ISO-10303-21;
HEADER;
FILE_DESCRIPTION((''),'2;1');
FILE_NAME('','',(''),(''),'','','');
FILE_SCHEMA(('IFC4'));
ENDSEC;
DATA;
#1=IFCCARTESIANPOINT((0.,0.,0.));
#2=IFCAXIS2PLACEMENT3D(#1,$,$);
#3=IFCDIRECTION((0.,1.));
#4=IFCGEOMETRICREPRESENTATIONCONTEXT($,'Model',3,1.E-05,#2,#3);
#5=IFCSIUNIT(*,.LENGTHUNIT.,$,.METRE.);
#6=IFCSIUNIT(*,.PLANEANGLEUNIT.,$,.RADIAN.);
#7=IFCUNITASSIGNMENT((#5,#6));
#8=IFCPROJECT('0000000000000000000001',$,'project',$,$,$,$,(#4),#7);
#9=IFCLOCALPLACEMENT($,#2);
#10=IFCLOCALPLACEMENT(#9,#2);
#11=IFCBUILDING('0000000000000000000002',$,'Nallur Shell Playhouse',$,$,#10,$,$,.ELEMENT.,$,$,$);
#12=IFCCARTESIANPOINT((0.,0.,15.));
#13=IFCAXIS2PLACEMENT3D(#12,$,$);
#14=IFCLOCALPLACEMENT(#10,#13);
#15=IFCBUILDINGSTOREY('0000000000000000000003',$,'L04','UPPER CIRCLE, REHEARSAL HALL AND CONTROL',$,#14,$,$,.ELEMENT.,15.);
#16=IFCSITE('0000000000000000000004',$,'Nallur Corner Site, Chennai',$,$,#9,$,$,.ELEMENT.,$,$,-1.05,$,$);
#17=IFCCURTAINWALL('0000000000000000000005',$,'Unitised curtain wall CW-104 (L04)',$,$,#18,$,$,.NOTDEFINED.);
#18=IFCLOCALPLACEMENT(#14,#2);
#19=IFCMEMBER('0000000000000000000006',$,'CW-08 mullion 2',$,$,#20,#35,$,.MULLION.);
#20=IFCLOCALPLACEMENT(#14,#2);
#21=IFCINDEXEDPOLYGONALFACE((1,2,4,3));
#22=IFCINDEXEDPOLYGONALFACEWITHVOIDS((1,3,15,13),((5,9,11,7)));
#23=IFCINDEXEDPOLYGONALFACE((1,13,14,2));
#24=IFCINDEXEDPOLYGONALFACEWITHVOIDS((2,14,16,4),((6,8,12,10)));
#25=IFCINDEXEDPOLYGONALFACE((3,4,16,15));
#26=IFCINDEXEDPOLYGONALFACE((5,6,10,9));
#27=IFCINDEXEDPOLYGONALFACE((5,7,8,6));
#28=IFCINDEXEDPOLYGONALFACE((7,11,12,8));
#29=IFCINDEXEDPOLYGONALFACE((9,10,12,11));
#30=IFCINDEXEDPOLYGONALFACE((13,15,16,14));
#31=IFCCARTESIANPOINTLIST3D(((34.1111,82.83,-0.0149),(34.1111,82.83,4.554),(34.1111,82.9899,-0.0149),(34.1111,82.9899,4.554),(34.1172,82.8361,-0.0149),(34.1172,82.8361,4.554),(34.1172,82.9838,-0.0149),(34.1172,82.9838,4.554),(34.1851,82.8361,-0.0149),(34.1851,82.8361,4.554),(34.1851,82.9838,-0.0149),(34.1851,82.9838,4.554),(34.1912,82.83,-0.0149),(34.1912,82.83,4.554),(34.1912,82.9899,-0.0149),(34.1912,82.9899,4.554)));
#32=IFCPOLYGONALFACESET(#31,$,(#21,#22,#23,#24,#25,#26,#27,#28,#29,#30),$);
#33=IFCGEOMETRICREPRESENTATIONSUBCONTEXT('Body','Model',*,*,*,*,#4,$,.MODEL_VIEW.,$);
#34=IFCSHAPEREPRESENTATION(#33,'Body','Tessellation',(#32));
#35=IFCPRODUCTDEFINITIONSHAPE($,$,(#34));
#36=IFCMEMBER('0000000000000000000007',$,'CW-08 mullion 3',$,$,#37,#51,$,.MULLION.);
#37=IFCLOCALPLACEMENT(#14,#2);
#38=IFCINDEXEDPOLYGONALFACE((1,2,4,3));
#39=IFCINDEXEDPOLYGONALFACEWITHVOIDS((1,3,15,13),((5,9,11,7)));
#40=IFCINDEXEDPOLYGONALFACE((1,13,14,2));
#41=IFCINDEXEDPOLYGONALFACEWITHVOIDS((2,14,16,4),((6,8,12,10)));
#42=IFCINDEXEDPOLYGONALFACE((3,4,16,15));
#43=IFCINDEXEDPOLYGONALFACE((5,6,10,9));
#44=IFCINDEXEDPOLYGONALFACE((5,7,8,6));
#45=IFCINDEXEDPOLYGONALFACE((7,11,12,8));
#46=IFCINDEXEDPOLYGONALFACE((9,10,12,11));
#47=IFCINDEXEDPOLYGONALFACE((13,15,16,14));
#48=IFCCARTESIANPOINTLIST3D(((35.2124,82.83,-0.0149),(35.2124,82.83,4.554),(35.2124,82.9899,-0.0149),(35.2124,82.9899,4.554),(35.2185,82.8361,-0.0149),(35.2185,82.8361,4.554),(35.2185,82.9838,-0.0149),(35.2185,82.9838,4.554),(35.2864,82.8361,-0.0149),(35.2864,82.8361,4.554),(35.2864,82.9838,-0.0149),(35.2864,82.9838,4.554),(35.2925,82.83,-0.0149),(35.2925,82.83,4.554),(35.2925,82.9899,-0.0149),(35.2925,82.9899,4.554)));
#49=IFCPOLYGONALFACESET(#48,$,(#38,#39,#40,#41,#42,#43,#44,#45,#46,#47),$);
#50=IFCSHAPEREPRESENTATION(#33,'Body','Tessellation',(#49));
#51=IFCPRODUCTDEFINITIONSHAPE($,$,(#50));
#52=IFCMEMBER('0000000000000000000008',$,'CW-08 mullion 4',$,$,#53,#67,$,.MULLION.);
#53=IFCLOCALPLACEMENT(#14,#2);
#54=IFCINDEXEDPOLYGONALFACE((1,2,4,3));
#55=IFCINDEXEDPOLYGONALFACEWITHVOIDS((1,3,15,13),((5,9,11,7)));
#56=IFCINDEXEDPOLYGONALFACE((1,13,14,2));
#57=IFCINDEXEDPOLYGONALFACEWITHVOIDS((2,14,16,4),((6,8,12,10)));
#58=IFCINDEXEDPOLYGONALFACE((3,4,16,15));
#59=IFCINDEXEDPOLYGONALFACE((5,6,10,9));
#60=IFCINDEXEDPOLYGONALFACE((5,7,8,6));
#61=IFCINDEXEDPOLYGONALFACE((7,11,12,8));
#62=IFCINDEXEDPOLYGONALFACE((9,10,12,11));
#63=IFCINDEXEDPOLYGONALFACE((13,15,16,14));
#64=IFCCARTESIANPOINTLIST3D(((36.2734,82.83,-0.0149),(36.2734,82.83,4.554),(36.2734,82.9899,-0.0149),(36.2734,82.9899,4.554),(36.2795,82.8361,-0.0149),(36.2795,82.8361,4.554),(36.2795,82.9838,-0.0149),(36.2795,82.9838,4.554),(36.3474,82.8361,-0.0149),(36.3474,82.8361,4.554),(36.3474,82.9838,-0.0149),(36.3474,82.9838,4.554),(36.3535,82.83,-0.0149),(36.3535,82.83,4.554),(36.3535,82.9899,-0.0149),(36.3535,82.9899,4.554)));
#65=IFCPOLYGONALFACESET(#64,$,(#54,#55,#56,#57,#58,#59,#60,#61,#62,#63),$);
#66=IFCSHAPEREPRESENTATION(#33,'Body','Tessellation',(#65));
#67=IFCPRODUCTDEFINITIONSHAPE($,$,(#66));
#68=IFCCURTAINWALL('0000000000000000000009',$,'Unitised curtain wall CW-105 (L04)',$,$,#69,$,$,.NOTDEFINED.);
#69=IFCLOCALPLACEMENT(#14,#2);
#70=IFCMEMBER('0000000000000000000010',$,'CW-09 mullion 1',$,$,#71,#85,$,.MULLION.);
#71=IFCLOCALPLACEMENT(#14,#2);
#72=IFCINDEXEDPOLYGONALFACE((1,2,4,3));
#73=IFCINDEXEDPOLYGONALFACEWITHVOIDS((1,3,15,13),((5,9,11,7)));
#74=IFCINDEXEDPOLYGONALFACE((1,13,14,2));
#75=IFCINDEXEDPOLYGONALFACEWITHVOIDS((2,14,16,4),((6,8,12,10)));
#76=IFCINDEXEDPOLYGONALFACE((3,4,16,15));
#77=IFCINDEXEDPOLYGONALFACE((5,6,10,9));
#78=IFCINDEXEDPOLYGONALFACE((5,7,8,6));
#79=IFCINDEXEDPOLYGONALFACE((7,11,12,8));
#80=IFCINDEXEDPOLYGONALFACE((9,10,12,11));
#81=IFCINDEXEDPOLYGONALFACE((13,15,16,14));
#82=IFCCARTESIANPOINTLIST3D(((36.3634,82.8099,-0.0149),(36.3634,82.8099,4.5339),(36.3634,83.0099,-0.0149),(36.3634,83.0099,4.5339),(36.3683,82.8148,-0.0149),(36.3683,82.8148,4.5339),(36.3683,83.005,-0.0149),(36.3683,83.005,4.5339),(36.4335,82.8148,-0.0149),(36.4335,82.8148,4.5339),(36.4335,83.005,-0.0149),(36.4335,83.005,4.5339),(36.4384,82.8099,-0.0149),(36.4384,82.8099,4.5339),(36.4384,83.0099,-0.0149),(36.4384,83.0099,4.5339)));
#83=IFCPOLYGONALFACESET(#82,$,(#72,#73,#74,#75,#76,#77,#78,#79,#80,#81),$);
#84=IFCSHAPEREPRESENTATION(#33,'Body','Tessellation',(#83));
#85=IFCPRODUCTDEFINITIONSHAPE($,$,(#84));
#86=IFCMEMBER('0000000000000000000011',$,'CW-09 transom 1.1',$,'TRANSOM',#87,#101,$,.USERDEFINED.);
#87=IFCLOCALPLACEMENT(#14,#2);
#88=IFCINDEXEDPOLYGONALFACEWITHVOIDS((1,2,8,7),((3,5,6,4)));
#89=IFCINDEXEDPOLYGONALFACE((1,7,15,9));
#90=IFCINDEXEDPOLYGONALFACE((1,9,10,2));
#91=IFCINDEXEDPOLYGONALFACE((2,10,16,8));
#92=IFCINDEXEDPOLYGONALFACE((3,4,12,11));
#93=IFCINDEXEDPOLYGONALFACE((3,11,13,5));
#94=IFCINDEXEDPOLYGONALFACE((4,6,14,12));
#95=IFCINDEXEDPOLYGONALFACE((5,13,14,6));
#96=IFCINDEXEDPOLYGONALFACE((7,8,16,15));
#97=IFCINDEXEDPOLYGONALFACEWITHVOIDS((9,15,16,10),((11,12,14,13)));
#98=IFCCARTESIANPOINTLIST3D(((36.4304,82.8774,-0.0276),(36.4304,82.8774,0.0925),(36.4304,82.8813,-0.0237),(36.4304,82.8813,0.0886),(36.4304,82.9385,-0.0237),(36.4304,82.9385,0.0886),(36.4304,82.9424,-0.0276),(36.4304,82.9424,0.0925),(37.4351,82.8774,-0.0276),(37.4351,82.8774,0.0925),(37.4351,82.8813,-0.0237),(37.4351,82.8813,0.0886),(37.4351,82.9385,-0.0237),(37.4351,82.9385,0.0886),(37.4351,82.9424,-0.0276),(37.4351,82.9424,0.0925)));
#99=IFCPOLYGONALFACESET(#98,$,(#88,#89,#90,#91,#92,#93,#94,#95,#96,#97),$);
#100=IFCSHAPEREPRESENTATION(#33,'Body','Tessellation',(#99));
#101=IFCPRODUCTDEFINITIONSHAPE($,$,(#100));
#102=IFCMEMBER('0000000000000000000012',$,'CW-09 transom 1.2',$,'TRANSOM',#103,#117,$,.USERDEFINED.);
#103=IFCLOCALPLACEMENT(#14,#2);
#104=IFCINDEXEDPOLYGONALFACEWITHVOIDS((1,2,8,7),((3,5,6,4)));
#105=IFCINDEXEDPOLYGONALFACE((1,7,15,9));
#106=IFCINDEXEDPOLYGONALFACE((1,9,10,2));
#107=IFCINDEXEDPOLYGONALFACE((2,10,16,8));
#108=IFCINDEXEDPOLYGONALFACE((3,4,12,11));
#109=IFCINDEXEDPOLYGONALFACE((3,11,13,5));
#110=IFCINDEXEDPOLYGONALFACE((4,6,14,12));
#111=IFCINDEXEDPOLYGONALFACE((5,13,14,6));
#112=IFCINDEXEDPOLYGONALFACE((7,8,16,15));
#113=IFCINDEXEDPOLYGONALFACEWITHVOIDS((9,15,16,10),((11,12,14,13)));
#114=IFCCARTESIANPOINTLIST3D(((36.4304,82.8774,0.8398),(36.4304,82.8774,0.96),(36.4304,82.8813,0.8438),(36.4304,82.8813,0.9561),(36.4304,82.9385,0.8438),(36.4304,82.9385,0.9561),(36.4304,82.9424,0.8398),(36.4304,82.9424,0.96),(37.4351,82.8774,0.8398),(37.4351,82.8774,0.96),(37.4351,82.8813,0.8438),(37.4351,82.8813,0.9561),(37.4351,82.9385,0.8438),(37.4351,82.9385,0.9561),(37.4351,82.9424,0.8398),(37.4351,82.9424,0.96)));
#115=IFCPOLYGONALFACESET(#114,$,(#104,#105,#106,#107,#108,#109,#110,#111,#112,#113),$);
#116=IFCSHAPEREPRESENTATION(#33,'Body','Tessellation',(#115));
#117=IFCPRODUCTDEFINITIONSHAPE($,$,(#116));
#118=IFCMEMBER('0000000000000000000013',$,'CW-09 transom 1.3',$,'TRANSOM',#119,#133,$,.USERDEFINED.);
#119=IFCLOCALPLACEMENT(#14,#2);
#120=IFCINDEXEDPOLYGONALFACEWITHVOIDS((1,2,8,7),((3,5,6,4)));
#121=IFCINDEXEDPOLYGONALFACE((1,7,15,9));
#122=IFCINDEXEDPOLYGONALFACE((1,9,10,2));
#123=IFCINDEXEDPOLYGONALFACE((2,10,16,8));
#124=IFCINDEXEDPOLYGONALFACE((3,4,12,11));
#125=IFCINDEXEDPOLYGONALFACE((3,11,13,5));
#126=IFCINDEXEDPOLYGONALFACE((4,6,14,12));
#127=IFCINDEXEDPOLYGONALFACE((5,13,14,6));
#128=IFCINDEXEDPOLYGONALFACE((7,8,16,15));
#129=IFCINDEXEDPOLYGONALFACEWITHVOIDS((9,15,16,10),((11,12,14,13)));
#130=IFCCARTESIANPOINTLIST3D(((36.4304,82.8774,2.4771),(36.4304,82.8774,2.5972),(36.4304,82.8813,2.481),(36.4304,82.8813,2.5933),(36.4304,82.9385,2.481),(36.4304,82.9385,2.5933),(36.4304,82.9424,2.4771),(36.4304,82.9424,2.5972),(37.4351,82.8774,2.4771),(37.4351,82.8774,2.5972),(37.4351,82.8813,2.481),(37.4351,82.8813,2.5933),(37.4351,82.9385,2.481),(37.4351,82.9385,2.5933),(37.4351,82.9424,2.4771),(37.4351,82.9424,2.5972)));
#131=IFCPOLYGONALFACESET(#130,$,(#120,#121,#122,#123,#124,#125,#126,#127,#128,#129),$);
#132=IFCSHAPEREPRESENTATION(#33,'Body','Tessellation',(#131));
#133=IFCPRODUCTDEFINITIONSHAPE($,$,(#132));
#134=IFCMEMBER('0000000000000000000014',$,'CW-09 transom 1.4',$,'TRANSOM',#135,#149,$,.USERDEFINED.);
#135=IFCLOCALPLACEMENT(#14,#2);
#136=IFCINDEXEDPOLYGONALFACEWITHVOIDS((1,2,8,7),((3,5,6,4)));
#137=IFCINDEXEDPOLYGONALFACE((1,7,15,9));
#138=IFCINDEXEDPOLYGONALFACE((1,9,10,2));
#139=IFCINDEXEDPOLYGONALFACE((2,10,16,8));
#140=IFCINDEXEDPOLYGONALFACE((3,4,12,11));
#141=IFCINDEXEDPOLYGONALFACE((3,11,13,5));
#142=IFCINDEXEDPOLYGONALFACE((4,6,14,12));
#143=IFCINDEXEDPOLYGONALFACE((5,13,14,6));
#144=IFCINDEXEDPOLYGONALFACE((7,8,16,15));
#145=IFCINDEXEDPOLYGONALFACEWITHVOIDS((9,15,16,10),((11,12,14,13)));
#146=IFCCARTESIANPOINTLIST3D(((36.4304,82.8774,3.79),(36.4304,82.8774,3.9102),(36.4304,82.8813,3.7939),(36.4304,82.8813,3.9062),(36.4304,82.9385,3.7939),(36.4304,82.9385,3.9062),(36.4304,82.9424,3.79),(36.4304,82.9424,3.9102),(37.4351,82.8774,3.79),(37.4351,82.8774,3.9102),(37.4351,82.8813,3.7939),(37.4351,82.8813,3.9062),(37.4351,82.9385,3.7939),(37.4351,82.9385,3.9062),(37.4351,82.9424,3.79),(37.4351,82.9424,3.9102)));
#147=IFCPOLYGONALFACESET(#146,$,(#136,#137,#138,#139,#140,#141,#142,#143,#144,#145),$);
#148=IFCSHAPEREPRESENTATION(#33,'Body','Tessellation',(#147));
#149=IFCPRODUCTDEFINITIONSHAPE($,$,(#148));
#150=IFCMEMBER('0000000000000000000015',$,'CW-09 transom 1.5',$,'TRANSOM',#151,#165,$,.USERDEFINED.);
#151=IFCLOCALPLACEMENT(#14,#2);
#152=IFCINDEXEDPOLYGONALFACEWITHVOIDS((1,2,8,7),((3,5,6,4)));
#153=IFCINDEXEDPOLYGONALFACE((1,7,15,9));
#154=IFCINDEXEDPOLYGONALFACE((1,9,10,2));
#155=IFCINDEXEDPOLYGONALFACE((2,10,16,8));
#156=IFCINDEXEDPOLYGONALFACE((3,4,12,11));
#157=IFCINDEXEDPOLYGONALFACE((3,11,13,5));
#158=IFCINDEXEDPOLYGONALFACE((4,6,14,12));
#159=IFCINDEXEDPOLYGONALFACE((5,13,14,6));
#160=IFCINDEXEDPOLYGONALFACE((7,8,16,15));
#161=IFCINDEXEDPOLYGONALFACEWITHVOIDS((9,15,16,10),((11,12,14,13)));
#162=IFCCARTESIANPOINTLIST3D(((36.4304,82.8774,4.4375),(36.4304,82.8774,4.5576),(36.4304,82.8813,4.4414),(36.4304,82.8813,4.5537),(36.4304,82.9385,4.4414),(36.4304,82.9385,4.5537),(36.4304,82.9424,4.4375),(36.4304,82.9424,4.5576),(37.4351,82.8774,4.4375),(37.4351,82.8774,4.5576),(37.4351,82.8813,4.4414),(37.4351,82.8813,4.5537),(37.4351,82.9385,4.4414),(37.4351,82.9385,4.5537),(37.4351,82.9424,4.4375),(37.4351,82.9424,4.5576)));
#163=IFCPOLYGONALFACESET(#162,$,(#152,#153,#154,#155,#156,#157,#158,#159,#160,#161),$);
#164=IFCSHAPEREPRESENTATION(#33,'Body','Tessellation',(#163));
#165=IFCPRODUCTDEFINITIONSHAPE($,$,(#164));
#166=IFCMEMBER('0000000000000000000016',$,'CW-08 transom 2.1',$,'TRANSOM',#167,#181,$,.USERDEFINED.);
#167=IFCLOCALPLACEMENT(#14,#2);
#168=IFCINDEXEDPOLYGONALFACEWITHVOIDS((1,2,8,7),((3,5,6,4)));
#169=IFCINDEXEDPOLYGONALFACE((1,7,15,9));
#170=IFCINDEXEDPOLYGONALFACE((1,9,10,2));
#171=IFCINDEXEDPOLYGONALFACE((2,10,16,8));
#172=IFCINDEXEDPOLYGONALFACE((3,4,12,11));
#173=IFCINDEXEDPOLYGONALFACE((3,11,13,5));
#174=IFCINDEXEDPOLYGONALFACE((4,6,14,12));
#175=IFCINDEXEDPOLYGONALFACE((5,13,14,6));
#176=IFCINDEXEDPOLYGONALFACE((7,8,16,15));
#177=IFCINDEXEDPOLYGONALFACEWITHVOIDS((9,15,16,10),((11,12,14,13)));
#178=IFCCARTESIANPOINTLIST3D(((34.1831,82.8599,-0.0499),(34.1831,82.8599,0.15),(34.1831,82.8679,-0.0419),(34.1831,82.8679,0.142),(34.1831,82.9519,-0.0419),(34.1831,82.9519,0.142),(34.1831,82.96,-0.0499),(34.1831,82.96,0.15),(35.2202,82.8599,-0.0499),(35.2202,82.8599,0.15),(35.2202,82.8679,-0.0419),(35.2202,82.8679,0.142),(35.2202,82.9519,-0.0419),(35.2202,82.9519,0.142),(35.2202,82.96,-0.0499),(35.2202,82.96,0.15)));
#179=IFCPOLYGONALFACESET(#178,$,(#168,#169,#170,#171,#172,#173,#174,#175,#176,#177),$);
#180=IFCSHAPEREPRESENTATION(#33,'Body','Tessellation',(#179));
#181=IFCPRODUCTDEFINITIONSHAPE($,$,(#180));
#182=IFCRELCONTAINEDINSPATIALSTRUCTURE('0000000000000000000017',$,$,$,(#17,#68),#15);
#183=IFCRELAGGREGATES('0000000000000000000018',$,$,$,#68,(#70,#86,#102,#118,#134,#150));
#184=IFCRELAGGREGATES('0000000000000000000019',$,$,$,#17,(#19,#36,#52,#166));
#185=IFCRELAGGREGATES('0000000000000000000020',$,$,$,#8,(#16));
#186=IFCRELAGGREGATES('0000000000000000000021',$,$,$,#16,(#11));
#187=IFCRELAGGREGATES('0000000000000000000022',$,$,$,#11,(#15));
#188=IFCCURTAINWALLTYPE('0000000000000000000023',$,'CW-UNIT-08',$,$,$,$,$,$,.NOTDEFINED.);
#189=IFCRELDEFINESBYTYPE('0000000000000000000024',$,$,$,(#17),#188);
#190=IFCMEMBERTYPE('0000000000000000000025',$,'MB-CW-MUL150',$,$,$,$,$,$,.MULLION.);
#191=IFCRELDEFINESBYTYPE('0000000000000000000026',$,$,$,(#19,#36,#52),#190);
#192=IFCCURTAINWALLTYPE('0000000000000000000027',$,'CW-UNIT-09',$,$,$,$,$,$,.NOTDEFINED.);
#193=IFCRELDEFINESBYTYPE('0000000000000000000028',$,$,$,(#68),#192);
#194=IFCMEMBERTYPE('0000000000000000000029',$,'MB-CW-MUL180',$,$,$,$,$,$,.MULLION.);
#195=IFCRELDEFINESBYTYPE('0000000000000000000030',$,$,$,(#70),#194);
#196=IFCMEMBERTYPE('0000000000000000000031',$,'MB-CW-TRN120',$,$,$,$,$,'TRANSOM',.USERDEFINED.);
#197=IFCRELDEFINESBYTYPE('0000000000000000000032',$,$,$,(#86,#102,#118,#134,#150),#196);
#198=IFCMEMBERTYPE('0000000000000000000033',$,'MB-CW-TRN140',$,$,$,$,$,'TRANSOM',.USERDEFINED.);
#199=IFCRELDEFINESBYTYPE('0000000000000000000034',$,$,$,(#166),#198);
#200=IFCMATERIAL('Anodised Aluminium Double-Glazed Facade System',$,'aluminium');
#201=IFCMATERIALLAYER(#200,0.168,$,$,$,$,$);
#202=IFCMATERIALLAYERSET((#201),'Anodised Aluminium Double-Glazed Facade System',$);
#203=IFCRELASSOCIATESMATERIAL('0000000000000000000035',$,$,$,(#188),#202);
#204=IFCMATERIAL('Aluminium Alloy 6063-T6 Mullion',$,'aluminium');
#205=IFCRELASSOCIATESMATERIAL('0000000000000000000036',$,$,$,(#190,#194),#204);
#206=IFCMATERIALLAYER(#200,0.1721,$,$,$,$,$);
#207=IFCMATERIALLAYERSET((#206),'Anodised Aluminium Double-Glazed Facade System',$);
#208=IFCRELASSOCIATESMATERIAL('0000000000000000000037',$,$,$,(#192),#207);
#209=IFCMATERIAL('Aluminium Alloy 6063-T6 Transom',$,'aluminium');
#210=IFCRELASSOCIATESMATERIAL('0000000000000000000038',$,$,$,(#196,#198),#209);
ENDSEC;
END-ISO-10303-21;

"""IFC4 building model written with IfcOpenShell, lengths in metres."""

from ifc_helpers import new_model, si_unit, direction, frame, origin, origin_2d, place, context, subcontext, project, spatial, hollow_rectangle, extrude, material, layer, layer_set, material_profile, profile_set, type_object, element, aggregate, save


model = new_model("IFC4")

# Units and contexts
model_context = context("Model", 3, precision=1e-05, world=origin(), true_north=direction((0.0, 1.0)))
body_context = subcontext(model_context, "Body", "Model", "MODEL_VIEW")
ifc_project = project(units=[si_unit("LENGTHUNIT", "METRE"), si_unit("PLANEANGLEUNIT", "RADIAN")], contexts=[model_context])

# Site, building, storey
site_placement = place(None, origin())
site = spatial("IfcSite", under=ifc_project, at=site_placement, Name="Nallur Corner Site, Chennai", CompositionType="ELEMENT", RefElevation=-1.05)
building_placement = place(site_placement, origin())
building = spatial("IfcBuilding", under=site, at=building_placement, Name="Nallur Shell Playhouse", CompositionType="ELEMENT")
storey_placement = place(building_placement, frame((0.0, 0.0, 15.0)))
storey = spatial("IfcBuildingStorey", under=building, at=storey_placement, Name="L04", Description="UPPER CIRCLE, REHEARSAL HALL AND CONTROL", CompositionType="ELEMENT", Elevation=15.0)

# Curtain walls, members
ifc_material_1 = material(Name="Anodised Aluminium Double-Glazed Facade System", Category="aluminium")
ifc_layer_1 = layer(ifc_material_1, 0.168)
ifc_layer_set_1 = layer_set([ifc_layer_1], Name="Anodised Aluminium Double-Glazed Facade System")
curtain_wall_type_1 = type_object("IfcCurtainWallType", Name="CW-UNIT-08", PredefinedType="NOTDEFINED", material=ifc_layer_set_1)
curtain_wall_1_placement = place(storey_placement, origin())
curtain_wall_1 = element("IfcCurtainWall", 1, at=curtain_wall_1_placement, inside=storey, type_object=curtain_wall_type_1, Name="Unitised curtain wall CW-104 (L04)", PredefinedType="NOTDEFINED")
ifc_material_2 = material(Name="Aluminium Alloy 6063-T6 Mullion", Category="aluminium")
ifc_material_profile_1 = material_profile(ifc_material_2, hollow_rectangle(XDim=0.0801, YDim=0.1599, WallThickness=0.0061, at=origin_2d()), Name="RHS 160x80x6")
ifc_profile_set_1 = profile_set([ifc_material_profile_1], Name="Aluminium Alloy 6063-T6 Mullion")
member_type_1 = type_object("IfcMemberType", Name="MB-CW-MUL150", PredefinedType="MULLION", material=ifc_profile_set_1)
member_1_placement = place(storey_placement, frame((34.1511, 82.9099, -0.0149), z_axis=(0.0, 0.0, 1.0), x_axis=(1.0, 0.0, 0.0)))
member_1 = element("IfcMember", 2, at=member_1_placement, type_object=member_type_1, Name="CW-08 mullion 2", PredefinedType="MULLION", context=body_context, shape_type="SweptSolid", body=[
    extrude(hollow_rectangle(XDim=0.0801, YDim=0.1599, WallThickness=0.0061, at=origin_2d()), origin(), (0.0, 0.0, 1.0), 4.5688),
])
member_2_placement = place(storey_placement, frame((35.2524, 82.9099, -0.0149), z_axis=(0.0, 0.0, 1.0), x_axis=(1.0, 0.0, 0.0)))
member_2 = element("IfcMember", 3, at=member_2_placement, type_object=member_type_1, Name="CW-08 mullion 3", PredefinedType="MULLION", context=body_context, shape_type="SweptSolid", body=[
    extrude(hollow_rectangle(XDim=0.0801, YDim=0.1599, WallThickness=0.0061, at=origin_2d()), origin(), (0.0, 0.0, 1.0), 4.5688),
])
member_3_placement = place(storey_placement, frame((36.3135, 82.9099, -0.0149), z_axis=(0.0, 0.0, 1.0), x_axis=(1.0, 0.0, 0.0)))
member_3 = element("IfcMember", 4, at=member_3_placement, type_object=member_type_1, Name="CW-08 mullion 4", PredefinedType="MULLION", context=body_context, shape_type="SweptSolid", body=[
    extrude(hollow_rectangle(XDim=0.0801, YDim=0.1599, WallThickness=0.0061, at=origin_2d()), origin(), (0.0, 0.0, 1.0), 4.5688),
])
ifc_layer_2 = layer(ifc_material_1, 0.1721)
ifc_layer_set_2 = layer_set([ifc_layer_2], Name="Anodised Aluminium Double-Glazed Facade System")
curtain_wall_type_2 = type_object("IfcCurtainWallType", Name="CW-UNIT-09", PredefinedType="NOTDEFINED", material=ifc_layer_set_2)
curtain_wall_2_placement = place(storey_placement, origin())
curtain_wall_2 = element("IfcCurtainWall", 5, at=curtain_wall_2_placement, inside=storey, type_object=curtain_wall_type_2, Name="Unitised curtain wall CW-105 (L04)", PredefinedType="NOTDEFINED")
ifc_material_profile_2 = material_profile(ifc_material_2, hollow_rectangle(XDim=0.075, YDim=0.2, WallThickness=0.0049, at=origin_2d()), Name="ALU 75x200x5")
ifc_profile_set_2 = profile_set([ifc_material_profile_2], Name="Aluminium Alloy 6063-T6 Mullion")
member_type_2 = type_object("IfcMemberType", Name="MB-CW-MUL180", PredefinedType="MULLION", material=ifc_profile_set_2)
member_4_placement = place(storey_placement, frame((36.4009, 82.9099, -0.0149), z_axis=(0.0, 0.0, 1.0), x_axis=(1.0, 0.0, 0.0)))
member_4 = element("IfcMember", 6, at=member_4_placement, type_object=member_type_2, Name="CW-09 mullion 1", PredefinedType="MULLION", context=body_context, shape_type="SweptSolid", body=[
    extrude(hollow_rectangle(XDim=0.075, YDim=0.2, WallThickness=0.0049, at=origin_2d()), origin(), (0.0, 0.0, 1.0), 4.5488),
])
ifc_material_3 = material(Name="Aluminium Alloy 6063-T6 Transom", Category="aluminium")
ifc_material_profile_3 = material_profile(ifc_material_3, hollow_rectangle(XDim=0.0649, YDim=0.1201, WallThickness=0.0039, at=origin_2d()), Name="ALU 65x120x4")
ifc_profile_set_3 = profile_set([ifc_material_profile_3], Name="Aluminium Alloy 6063-T6 Transom")
member_type_3 = type_object("IfcMemberType", Name="MB-CW-TRN120", ElementType="TRANSOM", PredefinedType="USERDEFINED", material=ifc_profile_set_3)
member_5_placement = place(storey_placement, frame((36.4304, 82.9099, 0.0325), z_axis=(1.0, 0.0, 0.0), x_axis=(0.0, 1.0, 0.0)))
member_5 = element("IfcMember", 7, at=member_5_placement, type_object=member_type_3, Name="CW-09 transom 1.1", ObjectType="TRANSOM", PredefinedType="USERDEFINED", context=body_context, shape_type="SweptSolid", body=[
    extrude(hollow_rectangle(XDim=0.0649, YDim=0.1201, WallThickness=0.0039, at=origin_2d()), origin(), (0.0, 0.0, 1.0), 1.0046),
])
member_6_placement = place(storey_placement, frame((36.4304, 82.9099, 0.8999), z_axis=(1.0, 0.0, 0.0), x_axis=(0.0, 1.0, 0.0)))
member_6 = element("IfcMember", 8, at=member_6_placement, type_object=member_type_3, Name="CW-09 transom 1.2", ObjectType="TRANSOM", PredefinedType="USERDEFINED", context=body_context, shape_type="SweptSolid", body=[
    extrude(hollow_rectangle(XDim=0.0649, YDim=0.1201, WallThickness=0.0039, at=origin_2d()), origin(), (0.0, 0.0, 1.0), 1.0046),
])
member_7_placement = place(storey_placement, frame((36.4304, 82.9099, 2.5371), z_axis=(1.0, 0.0, 0.0), x_axis=(0.0, 1.0, 0.0)))
member_7 = element("IfcMember", 9, at=member_7_placement, type_object=member_type_3, Name="CW-09 transom 1.3", ObjectType="TRANSOM", PredefinedType="USERDEFINED", context=body_context, shape_type="SweptSolid", body=[
    extrude(hollow_rectangle(XDim=0.0649, YDim=0.1201, WallThickness=0.0039, at=origin_2d()), origin(), (0.0, 0.0, 1.0), 1.0046),
])
member_8_placement = place(storey_placement, frame((36.4304, 82.9099, 3.8501), z_axis=(1.0, 0.0, 0.0), x_axis=(0.0, 1.0, 0.0)))
member_8 = element("IfcMember", 10, at=member_8_placement, type_object=member_type_3, Name="CW-09 transom 1.4", ObjectType="TRANSOM", PredefinedType="USERDEFINED", context=body_context, shape_type="SweptSolid", body=[
    extrude(hollow_rectangle(XDim=0.0649, YDim=0.1201, WallThickness=0.0039, at=origin_2d()), origin(), (0.0, 0.0, 1.0), 1.0046),
])
member_9_placement = place(storey_placement, frame((36.4304, 82.9099, 4.4976), z_axis=(1.0, 0.0, 0.0), x_axis=(0.0, 1.0, 0.0)))
member_9 = element("IfcMember", 11, at=member_9_placement, type_object=member_type_3, Name="CW-09 transom 1.5", ObjectType="TRANSOM", PredefinedType="USERDEFINED", context=body_context, shape_type="SweptSolid", body=[
    extrude(hollow_rectangle(XDim=0.0649, YDim=0.1201, WallThickness=0.0039, at=origin_2d()), origin(), (0.0, 0.0, 1.0), 1.0046),
])

# Member
ifc_material_profile_4 = material_profile(ifc_material_3, hollow_rectangle(XDim=0.1001, YDim=0.2, WallThickness=0.0081, at=origin_2d()), Name="RHS 200x100x8")
ifc_profile_set_4 = profile_set([ifc_material_profile_4], Name="Aluminium Alloy 6063-T6 Transom")
member_type_4 = type_object("IfcMemberType", Name="MB-CW-TRN140", ElementType="TRANSOM", PredefinedType="USERDEFINED", material=ifc_profile_set_4)
member_10_placement = place(storey_placement, frame((34.1831, 82.9099, 0.05), z_axis=(1.0, 0.0, 0.0), x_axis=(0.0, 1.0, 0.0)))
member_10 = element("IfcMember", 12, at=member_10_placement, type_object=member_type_4, Name="CW-08 transom 2.1", ObjectType="TRANSOM", PredefinedType="USERDEFINED", context=body_context, shape_type="SweptSolid", body=[
    extrude(hollow_rectangle(XDim=0.1001, YDim=0.2, WallThickness=0.0081, at=origin_2d()), origin(), (0.0, 0.0, 1.0), 1.0371),
])

aggregate(curtain_wall_2, [member_4, member_5, member_6, member_7, member_8, member_9])
aggregate(curtain_wall_1, [member_1, member_2, member_3, member_10])

save(model, "model.ifc")
